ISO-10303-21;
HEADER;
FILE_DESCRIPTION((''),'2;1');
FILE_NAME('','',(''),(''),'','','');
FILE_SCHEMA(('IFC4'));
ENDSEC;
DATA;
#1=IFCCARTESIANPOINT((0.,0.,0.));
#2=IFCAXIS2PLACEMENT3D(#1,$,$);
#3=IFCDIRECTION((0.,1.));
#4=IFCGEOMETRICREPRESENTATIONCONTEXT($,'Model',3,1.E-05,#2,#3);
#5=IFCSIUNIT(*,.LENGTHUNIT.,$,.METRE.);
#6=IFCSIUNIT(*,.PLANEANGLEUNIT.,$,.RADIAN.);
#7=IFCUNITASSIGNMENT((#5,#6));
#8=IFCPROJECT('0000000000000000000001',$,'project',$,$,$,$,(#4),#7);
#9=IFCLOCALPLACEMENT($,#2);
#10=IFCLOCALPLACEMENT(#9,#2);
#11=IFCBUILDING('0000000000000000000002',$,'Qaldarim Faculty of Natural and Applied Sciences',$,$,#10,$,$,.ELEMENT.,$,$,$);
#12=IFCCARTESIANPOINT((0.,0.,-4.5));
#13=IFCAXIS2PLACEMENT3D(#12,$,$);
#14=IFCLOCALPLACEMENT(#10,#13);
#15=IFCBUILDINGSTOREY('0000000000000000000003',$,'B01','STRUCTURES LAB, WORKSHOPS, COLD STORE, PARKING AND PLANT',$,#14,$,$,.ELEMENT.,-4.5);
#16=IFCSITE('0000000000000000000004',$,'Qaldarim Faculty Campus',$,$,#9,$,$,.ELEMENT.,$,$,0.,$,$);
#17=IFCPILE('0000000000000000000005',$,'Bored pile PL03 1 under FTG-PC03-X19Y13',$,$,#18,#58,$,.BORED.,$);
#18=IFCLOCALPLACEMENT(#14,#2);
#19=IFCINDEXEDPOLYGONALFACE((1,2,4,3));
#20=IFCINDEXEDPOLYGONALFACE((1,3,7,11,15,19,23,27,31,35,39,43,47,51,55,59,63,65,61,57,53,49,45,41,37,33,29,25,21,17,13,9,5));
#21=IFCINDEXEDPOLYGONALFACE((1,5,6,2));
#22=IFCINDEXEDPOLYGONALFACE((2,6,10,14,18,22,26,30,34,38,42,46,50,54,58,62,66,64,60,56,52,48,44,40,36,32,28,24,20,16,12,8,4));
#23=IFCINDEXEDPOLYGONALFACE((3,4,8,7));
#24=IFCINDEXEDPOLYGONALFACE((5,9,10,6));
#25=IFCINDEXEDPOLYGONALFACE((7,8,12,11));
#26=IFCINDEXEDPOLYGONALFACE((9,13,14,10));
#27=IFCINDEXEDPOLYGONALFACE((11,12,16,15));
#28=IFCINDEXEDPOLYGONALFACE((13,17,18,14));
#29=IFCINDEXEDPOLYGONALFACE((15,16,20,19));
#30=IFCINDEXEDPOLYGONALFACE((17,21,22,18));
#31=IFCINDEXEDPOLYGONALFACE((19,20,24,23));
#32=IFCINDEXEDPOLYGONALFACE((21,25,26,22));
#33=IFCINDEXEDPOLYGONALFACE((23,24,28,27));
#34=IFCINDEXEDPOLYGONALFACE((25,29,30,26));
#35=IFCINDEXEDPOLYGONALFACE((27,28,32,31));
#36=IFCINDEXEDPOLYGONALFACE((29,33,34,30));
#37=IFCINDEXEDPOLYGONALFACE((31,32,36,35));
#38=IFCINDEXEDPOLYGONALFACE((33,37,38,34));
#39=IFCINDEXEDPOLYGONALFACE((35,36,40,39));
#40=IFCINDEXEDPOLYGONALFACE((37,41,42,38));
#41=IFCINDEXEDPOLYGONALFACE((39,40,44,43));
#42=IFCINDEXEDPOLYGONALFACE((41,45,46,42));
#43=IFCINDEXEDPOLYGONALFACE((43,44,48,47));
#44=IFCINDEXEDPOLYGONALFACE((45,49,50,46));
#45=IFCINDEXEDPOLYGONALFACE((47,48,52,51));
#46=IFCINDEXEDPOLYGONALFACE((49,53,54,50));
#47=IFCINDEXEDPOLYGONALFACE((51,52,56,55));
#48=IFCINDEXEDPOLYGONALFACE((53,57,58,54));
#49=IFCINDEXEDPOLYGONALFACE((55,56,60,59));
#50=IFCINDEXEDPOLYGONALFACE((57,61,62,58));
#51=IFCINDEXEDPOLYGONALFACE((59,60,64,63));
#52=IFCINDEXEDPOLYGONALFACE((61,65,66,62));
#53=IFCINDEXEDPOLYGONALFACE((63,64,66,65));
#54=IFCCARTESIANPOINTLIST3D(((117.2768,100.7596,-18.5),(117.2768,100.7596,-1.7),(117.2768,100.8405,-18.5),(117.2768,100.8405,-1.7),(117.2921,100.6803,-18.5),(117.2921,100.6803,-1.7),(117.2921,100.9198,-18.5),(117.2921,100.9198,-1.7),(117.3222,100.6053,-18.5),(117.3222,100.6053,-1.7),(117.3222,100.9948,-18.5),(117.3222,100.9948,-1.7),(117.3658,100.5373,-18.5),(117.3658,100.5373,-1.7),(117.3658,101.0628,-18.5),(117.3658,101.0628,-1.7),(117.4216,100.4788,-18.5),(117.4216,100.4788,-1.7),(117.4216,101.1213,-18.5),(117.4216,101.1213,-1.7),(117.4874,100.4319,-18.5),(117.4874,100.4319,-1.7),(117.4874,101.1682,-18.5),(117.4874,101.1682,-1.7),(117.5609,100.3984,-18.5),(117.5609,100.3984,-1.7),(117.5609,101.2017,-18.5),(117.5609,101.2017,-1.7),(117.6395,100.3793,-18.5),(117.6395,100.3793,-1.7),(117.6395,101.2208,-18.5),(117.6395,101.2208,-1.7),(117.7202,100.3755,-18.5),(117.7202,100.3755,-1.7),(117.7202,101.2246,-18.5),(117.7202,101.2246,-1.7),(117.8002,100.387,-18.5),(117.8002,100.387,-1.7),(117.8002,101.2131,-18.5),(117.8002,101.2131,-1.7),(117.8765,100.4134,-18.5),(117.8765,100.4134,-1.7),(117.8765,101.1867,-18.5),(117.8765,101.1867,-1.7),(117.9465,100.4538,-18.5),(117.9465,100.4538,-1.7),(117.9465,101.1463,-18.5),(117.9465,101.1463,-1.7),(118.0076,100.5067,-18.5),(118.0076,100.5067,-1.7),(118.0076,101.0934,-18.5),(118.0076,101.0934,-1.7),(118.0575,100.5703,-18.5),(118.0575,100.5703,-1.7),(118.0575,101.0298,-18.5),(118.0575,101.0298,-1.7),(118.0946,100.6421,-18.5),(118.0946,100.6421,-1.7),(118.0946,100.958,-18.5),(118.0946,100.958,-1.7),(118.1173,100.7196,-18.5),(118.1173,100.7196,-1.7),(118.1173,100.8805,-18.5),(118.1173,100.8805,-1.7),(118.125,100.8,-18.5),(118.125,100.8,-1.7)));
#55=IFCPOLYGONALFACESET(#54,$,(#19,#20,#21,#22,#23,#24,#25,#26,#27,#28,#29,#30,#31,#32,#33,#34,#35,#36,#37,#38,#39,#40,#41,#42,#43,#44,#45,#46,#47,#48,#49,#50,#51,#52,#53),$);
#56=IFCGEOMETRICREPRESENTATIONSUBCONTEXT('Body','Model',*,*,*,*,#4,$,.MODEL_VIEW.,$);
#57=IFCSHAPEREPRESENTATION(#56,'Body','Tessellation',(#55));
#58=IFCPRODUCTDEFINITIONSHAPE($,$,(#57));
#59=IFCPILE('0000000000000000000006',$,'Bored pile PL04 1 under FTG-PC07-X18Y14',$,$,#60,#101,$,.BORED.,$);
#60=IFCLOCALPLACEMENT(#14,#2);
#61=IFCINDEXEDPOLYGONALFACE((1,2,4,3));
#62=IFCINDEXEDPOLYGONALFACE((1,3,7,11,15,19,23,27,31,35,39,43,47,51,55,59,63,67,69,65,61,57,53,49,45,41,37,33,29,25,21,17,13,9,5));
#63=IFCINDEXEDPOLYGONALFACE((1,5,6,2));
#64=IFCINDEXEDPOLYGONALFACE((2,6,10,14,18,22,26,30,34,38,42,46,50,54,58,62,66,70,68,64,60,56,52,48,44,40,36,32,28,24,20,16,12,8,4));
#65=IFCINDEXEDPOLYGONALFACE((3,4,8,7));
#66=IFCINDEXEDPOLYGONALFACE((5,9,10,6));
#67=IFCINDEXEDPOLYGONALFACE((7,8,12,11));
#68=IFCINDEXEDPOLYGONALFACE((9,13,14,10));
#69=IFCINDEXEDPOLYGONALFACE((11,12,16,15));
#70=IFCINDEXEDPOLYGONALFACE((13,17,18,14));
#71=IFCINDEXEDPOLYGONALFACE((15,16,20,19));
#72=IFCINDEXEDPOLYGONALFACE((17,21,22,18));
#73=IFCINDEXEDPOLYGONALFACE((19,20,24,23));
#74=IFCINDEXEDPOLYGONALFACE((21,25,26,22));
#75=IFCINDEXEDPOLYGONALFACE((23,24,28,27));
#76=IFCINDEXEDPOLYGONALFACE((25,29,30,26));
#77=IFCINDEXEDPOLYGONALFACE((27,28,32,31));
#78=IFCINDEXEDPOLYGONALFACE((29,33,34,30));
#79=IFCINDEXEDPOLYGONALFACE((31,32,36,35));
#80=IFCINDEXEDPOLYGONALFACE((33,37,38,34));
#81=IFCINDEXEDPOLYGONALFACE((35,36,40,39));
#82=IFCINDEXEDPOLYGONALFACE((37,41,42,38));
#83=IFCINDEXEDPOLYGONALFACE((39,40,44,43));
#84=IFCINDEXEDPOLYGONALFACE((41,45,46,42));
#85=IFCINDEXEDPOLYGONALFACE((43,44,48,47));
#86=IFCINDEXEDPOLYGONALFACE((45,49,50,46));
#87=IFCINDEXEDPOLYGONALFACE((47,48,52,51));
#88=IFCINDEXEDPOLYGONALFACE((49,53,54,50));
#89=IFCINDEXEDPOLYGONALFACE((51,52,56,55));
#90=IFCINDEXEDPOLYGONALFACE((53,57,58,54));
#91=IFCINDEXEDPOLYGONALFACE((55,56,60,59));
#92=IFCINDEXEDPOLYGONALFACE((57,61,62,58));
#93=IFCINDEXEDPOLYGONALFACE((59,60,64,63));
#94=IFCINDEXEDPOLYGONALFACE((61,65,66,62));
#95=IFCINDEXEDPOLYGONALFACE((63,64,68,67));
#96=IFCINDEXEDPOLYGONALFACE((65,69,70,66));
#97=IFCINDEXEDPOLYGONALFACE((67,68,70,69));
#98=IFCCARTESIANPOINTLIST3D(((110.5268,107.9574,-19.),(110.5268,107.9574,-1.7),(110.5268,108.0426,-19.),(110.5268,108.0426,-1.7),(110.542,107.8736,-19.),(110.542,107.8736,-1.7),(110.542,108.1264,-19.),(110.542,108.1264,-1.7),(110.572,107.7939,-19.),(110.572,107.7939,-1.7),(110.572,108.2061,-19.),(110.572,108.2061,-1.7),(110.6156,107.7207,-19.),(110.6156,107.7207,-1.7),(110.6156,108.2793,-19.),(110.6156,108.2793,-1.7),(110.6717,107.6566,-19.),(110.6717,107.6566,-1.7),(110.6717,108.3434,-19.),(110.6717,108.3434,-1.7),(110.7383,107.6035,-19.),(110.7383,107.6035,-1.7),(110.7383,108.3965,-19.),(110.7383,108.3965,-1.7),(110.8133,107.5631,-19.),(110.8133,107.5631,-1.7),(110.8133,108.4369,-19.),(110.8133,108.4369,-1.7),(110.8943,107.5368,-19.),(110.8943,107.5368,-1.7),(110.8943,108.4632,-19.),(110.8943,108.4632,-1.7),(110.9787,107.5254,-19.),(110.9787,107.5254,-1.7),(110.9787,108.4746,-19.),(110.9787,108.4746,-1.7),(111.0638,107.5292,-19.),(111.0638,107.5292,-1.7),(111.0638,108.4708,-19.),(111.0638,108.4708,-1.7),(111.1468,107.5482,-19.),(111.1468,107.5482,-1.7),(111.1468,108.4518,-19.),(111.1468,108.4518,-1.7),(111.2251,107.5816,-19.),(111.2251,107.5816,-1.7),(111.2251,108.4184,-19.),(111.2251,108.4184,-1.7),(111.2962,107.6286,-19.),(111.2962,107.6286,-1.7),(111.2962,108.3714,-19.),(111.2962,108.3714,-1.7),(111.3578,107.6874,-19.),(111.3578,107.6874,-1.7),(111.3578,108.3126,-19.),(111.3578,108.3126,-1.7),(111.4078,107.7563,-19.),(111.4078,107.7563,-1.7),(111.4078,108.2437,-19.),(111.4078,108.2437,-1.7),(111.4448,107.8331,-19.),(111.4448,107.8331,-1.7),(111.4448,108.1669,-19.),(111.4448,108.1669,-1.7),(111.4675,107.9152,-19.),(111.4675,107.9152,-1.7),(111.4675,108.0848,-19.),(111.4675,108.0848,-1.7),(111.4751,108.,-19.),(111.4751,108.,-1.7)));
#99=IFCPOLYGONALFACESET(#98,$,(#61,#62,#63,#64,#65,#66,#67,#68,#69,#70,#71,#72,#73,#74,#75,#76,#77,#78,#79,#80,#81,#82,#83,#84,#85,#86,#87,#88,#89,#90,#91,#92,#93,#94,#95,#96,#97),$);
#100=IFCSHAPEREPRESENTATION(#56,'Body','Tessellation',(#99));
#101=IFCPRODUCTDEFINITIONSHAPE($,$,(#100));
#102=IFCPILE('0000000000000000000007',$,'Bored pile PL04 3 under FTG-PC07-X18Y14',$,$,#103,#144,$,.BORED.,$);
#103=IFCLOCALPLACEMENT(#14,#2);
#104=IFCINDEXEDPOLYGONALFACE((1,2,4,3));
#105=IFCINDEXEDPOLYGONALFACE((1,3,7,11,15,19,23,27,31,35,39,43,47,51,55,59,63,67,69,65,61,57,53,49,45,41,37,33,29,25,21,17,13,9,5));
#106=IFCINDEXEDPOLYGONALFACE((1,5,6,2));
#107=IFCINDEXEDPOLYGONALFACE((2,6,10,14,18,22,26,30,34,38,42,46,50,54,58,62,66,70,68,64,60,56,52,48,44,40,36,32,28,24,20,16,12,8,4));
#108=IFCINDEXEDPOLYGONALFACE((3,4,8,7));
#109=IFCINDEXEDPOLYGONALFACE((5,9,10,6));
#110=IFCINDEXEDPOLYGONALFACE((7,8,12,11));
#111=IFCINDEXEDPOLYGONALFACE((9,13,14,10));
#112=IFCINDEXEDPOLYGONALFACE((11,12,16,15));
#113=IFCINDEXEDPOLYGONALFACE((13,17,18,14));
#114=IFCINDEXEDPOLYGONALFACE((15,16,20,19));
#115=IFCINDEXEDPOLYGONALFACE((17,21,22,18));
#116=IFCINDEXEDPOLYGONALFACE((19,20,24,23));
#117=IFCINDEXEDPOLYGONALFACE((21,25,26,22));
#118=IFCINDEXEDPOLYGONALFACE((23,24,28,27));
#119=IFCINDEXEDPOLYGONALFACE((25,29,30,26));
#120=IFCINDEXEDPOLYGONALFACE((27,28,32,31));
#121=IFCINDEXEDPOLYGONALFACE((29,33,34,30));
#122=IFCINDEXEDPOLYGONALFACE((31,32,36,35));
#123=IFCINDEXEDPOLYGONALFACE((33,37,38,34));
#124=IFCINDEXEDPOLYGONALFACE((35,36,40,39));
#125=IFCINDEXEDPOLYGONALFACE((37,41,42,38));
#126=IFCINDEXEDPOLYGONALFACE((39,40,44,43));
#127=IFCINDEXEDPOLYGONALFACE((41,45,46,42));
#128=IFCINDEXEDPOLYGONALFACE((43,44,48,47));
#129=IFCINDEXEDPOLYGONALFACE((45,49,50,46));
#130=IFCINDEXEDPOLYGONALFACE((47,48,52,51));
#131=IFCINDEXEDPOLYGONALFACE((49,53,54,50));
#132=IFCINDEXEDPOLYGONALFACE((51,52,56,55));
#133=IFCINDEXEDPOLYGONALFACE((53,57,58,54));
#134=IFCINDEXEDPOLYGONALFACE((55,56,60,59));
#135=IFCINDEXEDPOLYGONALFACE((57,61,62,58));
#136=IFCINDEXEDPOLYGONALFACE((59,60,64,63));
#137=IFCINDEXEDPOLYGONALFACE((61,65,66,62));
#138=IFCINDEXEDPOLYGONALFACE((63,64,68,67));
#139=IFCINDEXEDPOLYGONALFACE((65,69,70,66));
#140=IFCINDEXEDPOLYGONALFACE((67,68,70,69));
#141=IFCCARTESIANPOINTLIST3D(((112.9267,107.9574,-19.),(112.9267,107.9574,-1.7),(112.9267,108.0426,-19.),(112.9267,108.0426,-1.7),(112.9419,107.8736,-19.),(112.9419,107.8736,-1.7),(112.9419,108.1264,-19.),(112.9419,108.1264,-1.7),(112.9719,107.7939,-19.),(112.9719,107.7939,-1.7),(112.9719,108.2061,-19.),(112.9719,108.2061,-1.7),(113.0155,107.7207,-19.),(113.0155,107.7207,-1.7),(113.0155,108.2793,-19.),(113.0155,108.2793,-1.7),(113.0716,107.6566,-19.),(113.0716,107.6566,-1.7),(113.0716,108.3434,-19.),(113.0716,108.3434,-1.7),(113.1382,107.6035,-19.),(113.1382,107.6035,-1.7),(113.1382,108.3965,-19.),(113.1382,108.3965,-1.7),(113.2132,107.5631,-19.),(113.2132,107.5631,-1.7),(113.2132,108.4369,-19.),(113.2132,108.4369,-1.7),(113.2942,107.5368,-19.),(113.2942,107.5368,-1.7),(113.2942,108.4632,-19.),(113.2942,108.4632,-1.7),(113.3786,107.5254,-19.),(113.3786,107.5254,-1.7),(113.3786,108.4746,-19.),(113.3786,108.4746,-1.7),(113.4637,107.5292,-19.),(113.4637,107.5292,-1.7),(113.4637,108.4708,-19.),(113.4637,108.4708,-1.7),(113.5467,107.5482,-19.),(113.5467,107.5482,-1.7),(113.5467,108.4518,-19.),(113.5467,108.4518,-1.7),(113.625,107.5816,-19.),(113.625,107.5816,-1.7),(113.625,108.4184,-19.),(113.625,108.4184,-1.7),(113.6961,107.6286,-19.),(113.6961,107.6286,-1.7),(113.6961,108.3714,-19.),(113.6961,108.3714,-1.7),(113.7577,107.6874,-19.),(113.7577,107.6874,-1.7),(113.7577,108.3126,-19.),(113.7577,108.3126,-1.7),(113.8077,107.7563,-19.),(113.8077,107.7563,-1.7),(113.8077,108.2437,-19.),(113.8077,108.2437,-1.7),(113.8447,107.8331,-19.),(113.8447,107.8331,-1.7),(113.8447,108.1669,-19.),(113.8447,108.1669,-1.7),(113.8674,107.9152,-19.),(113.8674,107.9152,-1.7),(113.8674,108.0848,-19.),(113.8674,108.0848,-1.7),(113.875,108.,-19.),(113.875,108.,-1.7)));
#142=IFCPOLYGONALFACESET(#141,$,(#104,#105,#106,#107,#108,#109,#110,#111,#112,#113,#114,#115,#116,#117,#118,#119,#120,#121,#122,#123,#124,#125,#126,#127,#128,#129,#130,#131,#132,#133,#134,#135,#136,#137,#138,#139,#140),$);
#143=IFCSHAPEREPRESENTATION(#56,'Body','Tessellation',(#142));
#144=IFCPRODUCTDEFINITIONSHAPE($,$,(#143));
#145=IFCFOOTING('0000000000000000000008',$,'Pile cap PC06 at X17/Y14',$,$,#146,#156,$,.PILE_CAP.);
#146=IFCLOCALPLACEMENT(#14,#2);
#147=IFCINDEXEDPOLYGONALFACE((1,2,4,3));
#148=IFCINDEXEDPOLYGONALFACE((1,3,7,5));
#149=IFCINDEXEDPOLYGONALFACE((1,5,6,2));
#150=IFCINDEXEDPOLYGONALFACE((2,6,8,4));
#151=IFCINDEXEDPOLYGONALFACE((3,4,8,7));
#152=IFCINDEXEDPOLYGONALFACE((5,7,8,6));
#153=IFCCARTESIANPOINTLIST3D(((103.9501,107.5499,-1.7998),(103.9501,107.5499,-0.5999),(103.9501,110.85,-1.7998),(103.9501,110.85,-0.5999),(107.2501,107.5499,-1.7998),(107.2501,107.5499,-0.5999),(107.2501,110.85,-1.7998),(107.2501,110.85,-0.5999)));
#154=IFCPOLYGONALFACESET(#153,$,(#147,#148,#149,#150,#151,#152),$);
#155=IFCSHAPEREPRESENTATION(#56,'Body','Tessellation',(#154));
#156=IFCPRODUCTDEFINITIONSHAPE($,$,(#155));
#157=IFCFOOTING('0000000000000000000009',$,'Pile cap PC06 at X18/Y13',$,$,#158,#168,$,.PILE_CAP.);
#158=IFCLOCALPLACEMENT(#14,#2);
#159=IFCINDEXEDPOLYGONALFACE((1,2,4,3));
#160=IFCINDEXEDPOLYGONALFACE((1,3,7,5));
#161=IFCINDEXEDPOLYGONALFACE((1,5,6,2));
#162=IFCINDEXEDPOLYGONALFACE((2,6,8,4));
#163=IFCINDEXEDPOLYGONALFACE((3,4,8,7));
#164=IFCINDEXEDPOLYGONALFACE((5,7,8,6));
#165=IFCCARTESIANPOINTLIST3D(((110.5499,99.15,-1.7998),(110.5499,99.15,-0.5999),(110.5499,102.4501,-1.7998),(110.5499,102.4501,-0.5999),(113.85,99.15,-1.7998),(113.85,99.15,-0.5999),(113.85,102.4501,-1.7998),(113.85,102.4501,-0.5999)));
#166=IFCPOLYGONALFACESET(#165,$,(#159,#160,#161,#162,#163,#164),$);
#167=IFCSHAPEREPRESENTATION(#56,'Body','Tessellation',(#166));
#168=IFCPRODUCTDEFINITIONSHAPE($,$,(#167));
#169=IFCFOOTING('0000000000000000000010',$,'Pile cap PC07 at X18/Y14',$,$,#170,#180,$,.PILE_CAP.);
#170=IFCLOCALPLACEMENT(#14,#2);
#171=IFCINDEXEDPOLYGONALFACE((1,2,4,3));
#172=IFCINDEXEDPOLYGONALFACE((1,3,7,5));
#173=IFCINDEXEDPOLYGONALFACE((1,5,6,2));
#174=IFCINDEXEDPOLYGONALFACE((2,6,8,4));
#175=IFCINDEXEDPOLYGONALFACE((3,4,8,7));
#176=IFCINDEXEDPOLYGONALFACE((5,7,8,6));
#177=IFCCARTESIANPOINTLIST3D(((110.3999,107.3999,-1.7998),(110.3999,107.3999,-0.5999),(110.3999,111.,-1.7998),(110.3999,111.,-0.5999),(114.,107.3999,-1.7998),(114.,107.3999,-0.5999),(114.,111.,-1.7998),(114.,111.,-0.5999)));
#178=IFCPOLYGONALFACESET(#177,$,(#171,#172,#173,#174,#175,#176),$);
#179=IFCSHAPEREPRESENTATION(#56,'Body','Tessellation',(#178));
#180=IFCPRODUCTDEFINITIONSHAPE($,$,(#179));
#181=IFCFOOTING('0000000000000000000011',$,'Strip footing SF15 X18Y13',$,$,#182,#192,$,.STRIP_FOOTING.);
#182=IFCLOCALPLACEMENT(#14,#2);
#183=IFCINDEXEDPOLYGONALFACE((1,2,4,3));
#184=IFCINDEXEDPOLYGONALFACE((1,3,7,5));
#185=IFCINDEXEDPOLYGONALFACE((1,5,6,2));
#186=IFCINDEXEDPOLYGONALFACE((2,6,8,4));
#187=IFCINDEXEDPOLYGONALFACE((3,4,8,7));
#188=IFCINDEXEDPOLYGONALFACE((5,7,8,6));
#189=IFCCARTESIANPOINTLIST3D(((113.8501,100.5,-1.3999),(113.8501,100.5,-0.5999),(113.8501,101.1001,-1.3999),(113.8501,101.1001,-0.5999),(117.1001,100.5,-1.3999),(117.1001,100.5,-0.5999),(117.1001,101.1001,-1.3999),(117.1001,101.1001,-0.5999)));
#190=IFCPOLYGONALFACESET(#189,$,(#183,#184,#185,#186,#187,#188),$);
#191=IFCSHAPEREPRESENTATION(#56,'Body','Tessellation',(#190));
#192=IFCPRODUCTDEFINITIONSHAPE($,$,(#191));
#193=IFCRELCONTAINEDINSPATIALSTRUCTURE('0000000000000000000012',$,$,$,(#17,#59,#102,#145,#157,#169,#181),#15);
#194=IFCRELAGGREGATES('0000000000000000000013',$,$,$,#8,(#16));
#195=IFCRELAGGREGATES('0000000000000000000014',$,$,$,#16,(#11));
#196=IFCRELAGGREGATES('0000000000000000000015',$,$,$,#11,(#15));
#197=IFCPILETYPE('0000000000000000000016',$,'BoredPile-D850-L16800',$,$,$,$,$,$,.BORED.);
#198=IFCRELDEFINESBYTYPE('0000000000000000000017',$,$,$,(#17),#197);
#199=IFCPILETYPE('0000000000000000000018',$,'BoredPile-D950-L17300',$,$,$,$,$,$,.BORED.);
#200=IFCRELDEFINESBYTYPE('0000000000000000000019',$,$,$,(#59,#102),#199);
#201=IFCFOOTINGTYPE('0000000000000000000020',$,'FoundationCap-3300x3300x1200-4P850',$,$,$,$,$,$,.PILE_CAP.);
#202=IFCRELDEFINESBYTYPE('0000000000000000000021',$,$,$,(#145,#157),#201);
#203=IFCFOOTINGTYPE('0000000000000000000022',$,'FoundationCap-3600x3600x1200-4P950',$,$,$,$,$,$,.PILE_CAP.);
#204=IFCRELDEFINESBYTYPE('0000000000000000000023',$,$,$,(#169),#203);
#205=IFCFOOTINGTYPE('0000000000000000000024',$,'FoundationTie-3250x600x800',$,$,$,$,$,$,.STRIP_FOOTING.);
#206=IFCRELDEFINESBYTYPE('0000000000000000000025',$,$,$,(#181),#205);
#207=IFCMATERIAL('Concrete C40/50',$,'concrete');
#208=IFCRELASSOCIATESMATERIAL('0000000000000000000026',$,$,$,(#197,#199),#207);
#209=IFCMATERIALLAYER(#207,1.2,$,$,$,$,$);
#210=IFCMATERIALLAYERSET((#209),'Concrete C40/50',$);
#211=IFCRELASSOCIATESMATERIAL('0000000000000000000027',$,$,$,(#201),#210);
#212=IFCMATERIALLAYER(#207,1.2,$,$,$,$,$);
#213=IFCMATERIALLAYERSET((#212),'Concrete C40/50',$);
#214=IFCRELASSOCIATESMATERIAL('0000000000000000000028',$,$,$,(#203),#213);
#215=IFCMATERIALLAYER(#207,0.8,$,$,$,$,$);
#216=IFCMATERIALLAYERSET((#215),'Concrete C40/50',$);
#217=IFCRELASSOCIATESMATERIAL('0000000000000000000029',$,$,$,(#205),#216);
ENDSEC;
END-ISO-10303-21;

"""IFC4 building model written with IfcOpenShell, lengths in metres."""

from ifc_helpers import new_model, si_unit, direction, frame, origin, origin_2d, place, context, subcontext, project, spatial, rectangle, circle, extrude, material, layer, layer_set, material_profile, profile_set, type_object, element, save


model = new_model("IFC4")

# Units and contexts
model_context = context("Model", 3, precision=1e-05, world=origin(), true_north=direction((0.0, 1.0)))
body_context = subcontext(model_context, "Body", "Model", "MODEL_VIEW")
ifc_project = project(units=[si_unit("LENGTHUNIT", "METRE"), si_unit("PLANEANGLEUNIT", "RADIAN")], contexts=[model_context])

# Site, building, storey
site_placement = place(None, origin())
site = spatial("IfcSite", under=ifc_project, at=site_placement, Name="Qaldarim Faculty Campus", CompositionType="ELEMENT", RefElevation=0.0)
building_placement = place(site_placement, origin())
building = spatial("IfcBuilding", under=site, at=building_placement, Name="Qaldarim Faculty of Natural and Applied Sciences", CompositionType="ELEMENT")
storey_placement = place(building_placement, frame((0.0, 0.0, -4.5)))
storey = spatial("IfcBuildingStorey", under=building, at=storey_placement, Name="B01", Description="STRUCTURES LAB, WORKSHOPS, COLD STORE, PARKING AND PLANT", CompositionType="ELEMENT", Elevation=-4.5)

# Piles
ifc_material_1 = material(Name="Concrete C40/50", Category="concrete")
ifc_material_profile_1 = material_profile(ifc_material_1, circle(Radius=0.425, at=origin_2d()), Name="PILE-D850")
ifc_profile_set_1 = profile_set([ifc_material_profile_1], Name="Concrete C40/50")
pile_type_1 = type_object("IfcPileType", Name="BoredPile-D850-L16800", PredefinedType="BORED", material=ifc_profile_set_1)
for number, where, z_axis, x_axis, name in (
    (1, (117.7, 100.8, -1.7), (0.0, 0.0, -1.0), (1.0, 0.0, 0.0), "Bored pile PL03 1 under FTG-PC03-X19Y13"),
):
    element("IfcPile", number, at=place(storey_placement, frame(where, z_axis=z_axis, x_axis=x_axis)), inside=storey, type_object=pile_type_1, Name=name, PredefinedType="BORED", context=body_context, shape_type="SweptSolid", body=[
        extrude(circle(Radius=0.425, at=origin_2d()), origin(), (0.0, 0.0, 1.0), 16.8),
    ])
ifc_material_profile_2 = material_profile(ifc_material_1, circle(Radius=0.4751, at=origin_2d()), Name="PILE-D950")
ifc_profile_set_2 = profile_set([ifc_material_profile_2], Name="Concrete C40/50")
pile_type_2 = type_object("IfcPileType", Name="BoredPile-D950-L17300", PredefinedType="BORED", material=ifc_profile_set_2)
for number, where, z_axis, x_axis, name in (
    (2, (111.0, 108.0, -1.7), (0.0, 0.0, -1.0), (1.0, 0.0, 0.0), "Bored pile PL04 1 under FTG-PC07-X18Y14"),
    (3, (113.3999, 108.0, -1.7), (0.0, 0.0, -1.0), (1.0, 0.0, 0.0), "Bored pile PL04 3 under FTG-PC07-X18Y14"),
):
    element("IfcPile", number, at=place(storey_placement, frame(where, z_axis=z_axis, x_axis=x_axis)), inside=storey, type_object=pile_type_2, Name=name, PredefinedType="BORED", context=body_context, shape_type="SweptSolid", body=[
        extrude(circle(Radius=0.4751, at=origin_2d()), origin(), (0.0, 0.0, 1.0), 17.3),
    ])

# Footings
ifc_layer_1 = layer(ifc_material_1, 1.2)
ifc_layer_set_1 = layer_set([ifc_layer_1], Name="Concrete C40/50")
footing_type_1 = type_object("IfcFootingType", Name="FoundationCap-3300x3300x1200-4P850", PredefinedType="PILE_CAP", material=ifc_layer_set_1)
for number, where, z_axis, x_axis, name in (
    (4, (105.6001, 109.2, -1.7998), (0.0, 0.0, 1.0), (1.0, 0.0, 0.0), "Pile cap PC06 at X17/Y14"),
    (5, (112.2, 100.8, -1.7998), (0.0, 0.0, 1.0), (1.0, 0.0, 0.0), "Pile cap PC06 at X18/Y13"),
):
    element("IfcFooting", number, at=place(storey_placement, frame(where, z_axis=z_axis, x_axis=x_axis)), inside=storey, type_object=footing_type_1, Name=name, PredefinedType="PILE_CAP", context=body_context, shape_type="SweptSolid", body=[
        extrude(rectangle(XDim=3.3, YDim=3.3, at=origin_2d()), origin(), (0.0, 0.0, 1.0), 1.2),
    ])
ifc_layer_2 = layer(ifc_material_1, 1.2)
ifc_layer_set_2 = layer_set([ifc_layer_2], Name="Concrete C40/50")
footing_type_2 = type_object("IfcFootingType", Name="FoundationCap-3600x3600x1200-4P950", PredefinedType="PILE_CAP", material=ifc_layer_set_2)
footing_1_placement = place(storey_placement, frame((112.2, 109.2, -1.7998), z_axis=(0.0, 0.0, 1.0), x_axis=(1.0, 0.0, 0.0)))
element("IfcFooting", 6, at=footing_1_placement, inside=storey, type_object=footing_type_2, Name="Pile cap PC07 at X18/Y14", PredefinedType="PILE_CAP", context=body_context, shape_type="SweptSolid", body=[
    extrude(rectangle(XDim=3.6001, YDim=3.6001, at=origin_2d()), origin(), (0.0, 0.0, 1.0), 1.2),
])
ifc_layer_3 = layer(ifc_material_1, 0.8)
ifc_layer_set_3 = layer_set([ifc_layer_3], Name="Concrete C40/50")
footing_type_3 = type_object("IfcFootingType", Name="FoundationTie-3250x600x800", PredefinedType="STRIP_FOOTING", material=ifc_layer_set_3)
footing_2_placement = place(storey_placement, frame((115.4751, 100.8, -1.3999), z_axis=(0.0, 0.0, 1.0), x_axis=(1.0, 0.0, 0.0)))
element("IfcFooting", 7, at=footing_2_placement, inside=storey, type_object=footing_type_3, Name="Strip footing SF15 X18Y13", PredefinedType="STRIP_FOOTING", context=body_context, shape_type="SweptSolid", body=[
    extrude(rectangle(XDim=3.25, YDim=0.6001, at=origin_2d()), origin(), (0.0, 0.0, 1.0), 0.8),
])

save(model, "model.ifc")
